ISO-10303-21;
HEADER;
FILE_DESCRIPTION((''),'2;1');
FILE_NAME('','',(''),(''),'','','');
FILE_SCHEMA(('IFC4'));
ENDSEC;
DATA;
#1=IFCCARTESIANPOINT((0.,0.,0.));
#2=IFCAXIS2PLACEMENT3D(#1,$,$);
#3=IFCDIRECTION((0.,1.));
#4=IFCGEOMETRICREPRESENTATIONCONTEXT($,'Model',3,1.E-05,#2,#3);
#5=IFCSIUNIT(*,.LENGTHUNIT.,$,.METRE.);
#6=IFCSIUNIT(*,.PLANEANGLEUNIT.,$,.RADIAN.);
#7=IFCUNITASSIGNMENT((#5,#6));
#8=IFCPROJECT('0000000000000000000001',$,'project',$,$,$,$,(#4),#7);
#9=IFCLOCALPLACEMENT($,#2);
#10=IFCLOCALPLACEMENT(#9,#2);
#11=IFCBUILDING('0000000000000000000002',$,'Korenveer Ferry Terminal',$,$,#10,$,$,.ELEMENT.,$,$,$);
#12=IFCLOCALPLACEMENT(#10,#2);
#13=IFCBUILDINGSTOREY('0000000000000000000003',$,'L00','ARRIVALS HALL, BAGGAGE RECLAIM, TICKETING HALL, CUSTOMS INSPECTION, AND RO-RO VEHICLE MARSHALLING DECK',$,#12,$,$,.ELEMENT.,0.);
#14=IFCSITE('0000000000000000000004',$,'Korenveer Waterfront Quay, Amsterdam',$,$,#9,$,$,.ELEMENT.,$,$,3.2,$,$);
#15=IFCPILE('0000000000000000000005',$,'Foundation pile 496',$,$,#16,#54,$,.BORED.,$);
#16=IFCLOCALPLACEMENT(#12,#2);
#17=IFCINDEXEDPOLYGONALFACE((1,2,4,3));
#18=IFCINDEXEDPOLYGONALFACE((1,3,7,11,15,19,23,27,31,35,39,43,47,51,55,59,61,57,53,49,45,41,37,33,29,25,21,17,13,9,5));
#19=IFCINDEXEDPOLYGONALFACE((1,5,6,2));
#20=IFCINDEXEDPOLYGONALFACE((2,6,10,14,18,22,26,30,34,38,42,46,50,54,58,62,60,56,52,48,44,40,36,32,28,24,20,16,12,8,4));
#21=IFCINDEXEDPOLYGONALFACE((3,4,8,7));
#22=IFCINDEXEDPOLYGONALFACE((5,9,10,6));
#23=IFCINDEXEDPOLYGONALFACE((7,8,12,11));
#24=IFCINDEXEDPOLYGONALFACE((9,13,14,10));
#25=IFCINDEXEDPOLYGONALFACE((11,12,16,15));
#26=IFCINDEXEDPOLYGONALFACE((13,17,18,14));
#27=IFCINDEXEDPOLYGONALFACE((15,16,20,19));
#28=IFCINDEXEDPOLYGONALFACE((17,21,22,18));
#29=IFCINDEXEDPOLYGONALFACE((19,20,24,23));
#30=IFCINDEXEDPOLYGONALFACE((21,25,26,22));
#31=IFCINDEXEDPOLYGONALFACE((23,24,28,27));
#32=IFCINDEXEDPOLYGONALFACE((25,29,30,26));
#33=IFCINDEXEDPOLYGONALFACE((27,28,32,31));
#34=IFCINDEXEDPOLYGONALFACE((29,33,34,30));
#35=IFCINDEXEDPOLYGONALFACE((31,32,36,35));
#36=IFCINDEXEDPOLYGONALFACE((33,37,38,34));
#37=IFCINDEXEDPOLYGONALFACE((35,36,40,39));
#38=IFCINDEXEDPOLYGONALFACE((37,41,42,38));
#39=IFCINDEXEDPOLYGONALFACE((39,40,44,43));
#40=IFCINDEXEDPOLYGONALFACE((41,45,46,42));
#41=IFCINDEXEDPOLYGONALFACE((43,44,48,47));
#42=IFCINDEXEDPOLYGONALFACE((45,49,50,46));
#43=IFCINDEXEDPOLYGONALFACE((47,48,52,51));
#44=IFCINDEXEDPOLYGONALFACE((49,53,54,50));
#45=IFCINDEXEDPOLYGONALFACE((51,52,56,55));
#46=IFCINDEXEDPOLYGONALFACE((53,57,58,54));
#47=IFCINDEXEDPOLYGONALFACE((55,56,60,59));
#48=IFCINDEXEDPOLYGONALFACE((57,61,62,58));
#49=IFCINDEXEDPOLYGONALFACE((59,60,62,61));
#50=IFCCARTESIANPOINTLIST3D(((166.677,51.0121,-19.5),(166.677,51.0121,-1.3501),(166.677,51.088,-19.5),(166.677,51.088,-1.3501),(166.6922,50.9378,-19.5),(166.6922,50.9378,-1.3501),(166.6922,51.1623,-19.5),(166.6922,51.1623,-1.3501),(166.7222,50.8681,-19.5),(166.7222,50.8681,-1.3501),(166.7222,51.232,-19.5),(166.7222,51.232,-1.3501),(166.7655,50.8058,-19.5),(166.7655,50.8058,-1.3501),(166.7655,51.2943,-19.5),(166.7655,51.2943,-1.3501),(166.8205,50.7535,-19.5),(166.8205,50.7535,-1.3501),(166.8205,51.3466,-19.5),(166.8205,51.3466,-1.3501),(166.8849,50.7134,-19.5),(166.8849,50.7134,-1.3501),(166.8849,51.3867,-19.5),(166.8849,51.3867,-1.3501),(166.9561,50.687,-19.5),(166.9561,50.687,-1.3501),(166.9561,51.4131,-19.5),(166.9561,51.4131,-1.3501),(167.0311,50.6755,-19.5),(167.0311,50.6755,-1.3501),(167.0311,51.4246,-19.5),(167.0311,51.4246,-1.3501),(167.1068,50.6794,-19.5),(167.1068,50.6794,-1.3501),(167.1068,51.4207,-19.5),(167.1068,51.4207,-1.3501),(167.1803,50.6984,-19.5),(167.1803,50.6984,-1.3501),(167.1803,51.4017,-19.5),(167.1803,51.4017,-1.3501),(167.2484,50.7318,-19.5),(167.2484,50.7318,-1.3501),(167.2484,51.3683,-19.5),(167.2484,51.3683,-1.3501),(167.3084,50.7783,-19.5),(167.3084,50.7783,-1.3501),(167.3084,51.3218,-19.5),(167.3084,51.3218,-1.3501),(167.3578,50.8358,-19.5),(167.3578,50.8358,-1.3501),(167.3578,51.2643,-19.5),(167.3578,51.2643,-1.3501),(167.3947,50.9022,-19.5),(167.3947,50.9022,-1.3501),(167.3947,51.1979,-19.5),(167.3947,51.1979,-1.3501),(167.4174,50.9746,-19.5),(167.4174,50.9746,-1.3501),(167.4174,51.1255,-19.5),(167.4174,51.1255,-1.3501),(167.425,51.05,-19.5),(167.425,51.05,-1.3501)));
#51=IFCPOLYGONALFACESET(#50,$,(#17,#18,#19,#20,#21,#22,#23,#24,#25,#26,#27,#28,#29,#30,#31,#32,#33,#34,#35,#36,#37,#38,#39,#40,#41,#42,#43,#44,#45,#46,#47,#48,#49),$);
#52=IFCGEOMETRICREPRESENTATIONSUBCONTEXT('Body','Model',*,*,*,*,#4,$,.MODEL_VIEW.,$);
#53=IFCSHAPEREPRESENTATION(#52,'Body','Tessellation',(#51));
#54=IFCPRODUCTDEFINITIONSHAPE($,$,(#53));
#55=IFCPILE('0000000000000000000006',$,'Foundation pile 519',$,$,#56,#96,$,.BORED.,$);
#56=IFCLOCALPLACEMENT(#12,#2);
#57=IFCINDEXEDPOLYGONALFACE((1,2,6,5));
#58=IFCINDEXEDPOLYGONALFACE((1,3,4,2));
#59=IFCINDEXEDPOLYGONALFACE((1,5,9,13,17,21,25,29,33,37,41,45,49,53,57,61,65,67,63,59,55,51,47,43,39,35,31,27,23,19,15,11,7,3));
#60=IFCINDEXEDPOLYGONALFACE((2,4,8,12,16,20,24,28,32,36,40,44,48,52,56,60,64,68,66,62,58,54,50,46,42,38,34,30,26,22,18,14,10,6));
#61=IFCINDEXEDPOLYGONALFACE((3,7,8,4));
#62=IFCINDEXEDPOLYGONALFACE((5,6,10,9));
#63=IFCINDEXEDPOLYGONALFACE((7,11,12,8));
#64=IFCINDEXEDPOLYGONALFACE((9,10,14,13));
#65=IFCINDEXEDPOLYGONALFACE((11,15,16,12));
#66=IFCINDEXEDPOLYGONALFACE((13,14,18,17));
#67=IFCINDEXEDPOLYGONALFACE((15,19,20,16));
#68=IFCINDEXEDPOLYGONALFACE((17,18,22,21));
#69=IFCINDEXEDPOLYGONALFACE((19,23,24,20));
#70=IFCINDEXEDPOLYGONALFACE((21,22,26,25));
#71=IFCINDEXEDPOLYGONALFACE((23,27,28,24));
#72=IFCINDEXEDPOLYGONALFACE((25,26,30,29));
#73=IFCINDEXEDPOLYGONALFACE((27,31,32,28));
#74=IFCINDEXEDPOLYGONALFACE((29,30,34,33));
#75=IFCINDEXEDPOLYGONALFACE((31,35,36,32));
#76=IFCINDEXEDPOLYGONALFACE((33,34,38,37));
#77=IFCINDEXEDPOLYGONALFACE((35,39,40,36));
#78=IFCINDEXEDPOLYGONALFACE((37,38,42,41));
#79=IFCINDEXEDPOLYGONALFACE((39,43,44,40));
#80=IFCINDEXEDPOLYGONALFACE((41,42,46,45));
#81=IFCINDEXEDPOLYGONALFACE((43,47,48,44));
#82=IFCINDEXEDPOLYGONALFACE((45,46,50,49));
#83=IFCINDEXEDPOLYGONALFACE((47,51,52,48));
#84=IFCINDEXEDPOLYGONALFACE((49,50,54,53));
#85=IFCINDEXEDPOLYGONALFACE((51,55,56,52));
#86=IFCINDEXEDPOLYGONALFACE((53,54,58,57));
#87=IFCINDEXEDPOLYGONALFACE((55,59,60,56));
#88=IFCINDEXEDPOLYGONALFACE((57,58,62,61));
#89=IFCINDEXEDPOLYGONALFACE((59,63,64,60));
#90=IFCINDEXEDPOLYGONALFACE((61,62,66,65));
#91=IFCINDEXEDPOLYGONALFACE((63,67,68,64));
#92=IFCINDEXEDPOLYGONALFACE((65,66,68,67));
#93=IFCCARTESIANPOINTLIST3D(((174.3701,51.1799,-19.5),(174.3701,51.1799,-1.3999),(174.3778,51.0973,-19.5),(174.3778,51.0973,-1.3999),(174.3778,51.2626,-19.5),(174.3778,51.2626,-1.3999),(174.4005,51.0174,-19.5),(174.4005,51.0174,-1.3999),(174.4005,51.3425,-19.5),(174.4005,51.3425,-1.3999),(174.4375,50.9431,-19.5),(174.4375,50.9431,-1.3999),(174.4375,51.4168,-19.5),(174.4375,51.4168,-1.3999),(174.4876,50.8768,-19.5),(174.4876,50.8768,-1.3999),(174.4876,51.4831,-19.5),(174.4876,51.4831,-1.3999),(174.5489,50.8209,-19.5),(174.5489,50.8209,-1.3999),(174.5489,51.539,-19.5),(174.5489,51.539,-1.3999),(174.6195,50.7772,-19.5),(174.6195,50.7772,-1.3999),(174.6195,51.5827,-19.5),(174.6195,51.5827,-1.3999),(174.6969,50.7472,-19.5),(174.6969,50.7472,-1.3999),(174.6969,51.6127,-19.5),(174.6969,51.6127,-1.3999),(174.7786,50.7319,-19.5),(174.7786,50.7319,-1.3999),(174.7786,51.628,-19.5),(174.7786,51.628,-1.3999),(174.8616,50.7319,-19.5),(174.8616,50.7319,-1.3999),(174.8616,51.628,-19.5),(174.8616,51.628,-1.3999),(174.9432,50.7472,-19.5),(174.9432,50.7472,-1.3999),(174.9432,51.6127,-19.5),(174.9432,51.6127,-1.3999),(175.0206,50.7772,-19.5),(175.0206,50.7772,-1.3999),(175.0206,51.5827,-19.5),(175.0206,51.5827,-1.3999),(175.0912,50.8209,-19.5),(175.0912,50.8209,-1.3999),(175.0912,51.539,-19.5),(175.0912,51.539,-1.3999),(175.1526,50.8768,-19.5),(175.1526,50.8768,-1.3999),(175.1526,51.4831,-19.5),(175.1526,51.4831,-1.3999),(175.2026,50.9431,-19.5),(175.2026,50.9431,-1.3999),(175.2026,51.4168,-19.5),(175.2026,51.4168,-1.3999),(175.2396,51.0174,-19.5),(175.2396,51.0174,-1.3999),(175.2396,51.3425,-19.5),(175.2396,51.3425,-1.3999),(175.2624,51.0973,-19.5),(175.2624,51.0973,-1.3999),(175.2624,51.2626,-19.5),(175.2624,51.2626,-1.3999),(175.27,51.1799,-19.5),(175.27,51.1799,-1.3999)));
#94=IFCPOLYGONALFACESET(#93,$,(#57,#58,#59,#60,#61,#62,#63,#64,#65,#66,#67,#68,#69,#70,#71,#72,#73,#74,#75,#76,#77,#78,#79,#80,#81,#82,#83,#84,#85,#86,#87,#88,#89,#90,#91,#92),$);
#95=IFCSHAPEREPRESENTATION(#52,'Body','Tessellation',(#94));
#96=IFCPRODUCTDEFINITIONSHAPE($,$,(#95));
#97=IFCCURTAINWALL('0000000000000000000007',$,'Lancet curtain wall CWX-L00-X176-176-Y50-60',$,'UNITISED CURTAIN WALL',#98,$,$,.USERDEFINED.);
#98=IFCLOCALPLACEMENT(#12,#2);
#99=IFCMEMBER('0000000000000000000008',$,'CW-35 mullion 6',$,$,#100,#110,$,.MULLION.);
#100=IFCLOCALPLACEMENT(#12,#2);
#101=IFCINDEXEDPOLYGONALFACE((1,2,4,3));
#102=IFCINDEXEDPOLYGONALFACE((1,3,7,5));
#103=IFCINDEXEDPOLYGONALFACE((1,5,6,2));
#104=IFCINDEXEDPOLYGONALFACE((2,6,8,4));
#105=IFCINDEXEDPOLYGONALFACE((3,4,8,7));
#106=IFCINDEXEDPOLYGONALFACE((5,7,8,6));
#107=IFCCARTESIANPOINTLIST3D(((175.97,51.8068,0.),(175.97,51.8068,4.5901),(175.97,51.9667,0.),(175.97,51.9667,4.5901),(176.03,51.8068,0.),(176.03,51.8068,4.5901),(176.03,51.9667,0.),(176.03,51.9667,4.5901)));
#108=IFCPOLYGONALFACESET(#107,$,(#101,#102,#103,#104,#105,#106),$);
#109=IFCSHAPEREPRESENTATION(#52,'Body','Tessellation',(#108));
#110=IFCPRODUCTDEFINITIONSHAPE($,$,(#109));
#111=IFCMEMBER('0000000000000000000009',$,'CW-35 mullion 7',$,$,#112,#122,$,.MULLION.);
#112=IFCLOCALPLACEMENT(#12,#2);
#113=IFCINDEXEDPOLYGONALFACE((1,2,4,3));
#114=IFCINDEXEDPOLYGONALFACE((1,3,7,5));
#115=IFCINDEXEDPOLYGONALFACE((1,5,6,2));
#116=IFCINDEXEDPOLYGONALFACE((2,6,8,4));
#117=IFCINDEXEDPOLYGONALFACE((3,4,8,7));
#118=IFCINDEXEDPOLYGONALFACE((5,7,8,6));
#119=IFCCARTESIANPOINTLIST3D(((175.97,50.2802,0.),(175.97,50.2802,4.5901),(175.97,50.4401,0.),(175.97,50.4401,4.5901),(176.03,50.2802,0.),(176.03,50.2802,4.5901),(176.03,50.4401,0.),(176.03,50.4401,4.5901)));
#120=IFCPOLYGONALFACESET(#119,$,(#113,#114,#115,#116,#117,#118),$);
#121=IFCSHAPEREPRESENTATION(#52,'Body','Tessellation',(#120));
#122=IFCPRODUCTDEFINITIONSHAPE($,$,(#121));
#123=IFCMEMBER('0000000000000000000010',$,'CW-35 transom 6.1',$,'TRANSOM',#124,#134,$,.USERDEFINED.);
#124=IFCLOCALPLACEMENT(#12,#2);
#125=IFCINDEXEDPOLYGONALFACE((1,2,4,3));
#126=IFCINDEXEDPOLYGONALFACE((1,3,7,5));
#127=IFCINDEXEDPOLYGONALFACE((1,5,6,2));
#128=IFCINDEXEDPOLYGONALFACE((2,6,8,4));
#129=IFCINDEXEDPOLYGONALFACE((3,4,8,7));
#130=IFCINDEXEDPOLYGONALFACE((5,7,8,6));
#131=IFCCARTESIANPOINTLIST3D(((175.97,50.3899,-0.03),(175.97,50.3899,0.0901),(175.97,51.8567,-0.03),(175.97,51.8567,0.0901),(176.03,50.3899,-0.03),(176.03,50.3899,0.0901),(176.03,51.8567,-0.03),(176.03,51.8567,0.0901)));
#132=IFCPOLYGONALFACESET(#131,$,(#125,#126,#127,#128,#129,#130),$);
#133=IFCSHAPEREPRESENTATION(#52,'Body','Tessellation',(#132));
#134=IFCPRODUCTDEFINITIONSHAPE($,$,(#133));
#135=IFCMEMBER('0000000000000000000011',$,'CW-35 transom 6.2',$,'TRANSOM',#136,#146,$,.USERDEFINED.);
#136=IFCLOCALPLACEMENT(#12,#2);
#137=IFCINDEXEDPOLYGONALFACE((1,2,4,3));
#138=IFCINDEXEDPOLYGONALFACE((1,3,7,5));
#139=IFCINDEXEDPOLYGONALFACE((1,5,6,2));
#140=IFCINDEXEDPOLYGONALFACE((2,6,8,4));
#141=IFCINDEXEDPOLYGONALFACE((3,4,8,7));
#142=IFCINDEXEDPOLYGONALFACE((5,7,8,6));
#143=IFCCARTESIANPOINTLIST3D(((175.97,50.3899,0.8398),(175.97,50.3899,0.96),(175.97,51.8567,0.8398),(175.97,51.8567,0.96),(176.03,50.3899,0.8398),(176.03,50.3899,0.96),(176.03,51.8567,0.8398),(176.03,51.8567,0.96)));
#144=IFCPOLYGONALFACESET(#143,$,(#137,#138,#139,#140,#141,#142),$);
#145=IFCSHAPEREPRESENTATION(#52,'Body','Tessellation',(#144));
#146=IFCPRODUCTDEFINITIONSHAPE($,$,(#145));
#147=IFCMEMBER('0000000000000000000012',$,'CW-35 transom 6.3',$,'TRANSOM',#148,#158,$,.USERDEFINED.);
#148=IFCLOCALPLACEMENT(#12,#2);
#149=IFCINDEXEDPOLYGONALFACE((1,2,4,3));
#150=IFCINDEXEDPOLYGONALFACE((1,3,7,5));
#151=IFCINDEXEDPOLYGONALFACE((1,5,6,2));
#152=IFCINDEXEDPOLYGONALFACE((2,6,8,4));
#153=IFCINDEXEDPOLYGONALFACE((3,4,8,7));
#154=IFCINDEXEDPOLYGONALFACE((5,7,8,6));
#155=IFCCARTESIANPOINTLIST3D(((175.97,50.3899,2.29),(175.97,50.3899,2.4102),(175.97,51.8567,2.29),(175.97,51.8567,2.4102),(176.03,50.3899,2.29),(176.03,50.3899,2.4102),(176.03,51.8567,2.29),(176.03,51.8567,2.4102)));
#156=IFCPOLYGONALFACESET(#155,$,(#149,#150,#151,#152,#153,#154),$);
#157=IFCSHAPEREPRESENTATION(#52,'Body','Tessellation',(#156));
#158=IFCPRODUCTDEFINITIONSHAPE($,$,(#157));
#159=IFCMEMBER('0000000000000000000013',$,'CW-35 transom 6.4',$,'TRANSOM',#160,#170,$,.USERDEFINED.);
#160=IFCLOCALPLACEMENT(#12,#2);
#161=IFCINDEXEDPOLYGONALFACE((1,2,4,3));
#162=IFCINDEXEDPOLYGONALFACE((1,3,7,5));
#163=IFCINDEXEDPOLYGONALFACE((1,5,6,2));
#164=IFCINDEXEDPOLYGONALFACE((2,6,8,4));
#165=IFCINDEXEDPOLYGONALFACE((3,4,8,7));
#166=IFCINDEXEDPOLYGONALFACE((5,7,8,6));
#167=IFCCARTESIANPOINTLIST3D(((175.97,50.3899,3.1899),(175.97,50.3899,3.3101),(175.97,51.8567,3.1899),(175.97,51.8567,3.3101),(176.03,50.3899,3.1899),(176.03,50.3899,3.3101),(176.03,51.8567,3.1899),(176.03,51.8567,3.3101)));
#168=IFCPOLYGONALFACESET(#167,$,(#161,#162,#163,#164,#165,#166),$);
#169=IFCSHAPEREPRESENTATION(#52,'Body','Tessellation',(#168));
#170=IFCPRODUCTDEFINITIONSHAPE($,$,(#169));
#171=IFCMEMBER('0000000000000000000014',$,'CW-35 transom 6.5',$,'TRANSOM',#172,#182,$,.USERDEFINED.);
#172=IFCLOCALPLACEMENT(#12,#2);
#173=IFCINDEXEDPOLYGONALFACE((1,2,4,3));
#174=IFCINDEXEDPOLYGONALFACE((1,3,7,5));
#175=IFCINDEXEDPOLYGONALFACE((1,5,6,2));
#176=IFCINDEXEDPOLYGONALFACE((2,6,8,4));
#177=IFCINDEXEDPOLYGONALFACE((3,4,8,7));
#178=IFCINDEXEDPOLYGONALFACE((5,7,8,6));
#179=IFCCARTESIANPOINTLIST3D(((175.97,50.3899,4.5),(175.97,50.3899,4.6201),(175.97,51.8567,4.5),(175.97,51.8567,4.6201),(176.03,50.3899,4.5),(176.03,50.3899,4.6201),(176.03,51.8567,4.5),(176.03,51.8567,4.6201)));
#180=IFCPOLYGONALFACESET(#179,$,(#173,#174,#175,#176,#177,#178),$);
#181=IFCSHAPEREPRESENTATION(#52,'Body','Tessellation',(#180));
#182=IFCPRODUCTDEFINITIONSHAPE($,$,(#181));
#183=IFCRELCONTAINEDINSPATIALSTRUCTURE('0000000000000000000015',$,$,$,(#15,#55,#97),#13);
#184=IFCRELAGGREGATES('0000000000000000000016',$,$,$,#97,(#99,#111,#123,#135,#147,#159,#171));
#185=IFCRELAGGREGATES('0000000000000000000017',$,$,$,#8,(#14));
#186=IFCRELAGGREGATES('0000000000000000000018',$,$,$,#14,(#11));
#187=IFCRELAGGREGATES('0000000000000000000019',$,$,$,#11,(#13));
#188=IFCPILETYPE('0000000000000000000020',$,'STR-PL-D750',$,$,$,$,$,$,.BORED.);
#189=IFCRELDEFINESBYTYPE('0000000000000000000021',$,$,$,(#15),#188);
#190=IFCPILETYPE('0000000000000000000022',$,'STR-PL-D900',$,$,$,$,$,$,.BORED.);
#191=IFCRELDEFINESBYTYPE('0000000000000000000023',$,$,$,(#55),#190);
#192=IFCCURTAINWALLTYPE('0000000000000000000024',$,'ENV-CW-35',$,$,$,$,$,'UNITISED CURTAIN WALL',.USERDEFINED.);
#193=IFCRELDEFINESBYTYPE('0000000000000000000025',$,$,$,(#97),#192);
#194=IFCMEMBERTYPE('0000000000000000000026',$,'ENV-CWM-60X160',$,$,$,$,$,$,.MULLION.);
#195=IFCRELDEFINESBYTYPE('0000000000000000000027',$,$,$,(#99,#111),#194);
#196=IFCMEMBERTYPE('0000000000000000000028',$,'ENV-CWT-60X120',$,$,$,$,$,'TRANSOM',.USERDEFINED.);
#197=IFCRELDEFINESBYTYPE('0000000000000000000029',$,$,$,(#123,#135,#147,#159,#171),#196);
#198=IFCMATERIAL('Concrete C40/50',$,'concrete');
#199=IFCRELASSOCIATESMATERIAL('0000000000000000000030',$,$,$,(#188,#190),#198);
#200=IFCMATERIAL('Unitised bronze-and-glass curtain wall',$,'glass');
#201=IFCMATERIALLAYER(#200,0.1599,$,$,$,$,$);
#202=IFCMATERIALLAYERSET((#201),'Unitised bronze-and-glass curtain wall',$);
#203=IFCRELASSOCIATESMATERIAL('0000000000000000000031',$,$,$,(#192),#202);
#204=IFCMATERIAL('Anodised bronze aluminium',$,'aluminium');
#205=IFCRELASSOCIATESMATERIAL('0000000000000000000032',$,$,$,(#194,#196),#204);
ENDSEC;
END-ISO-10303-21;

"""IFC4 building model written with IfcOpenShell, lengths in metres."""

from ifc_helpers import new_model, si_unit, direction, frame, origin, origin_2d, place, context, subcontext, project, spatial, rectangle, circle, extrude, material, layer, layer_set, material_profile, profile_set, type_object, element, aggregate, save


model = new_model("IFC4")

# Units and contexts
model_context = context("Model", 3, precision=1e-05, world=origin(), true_north=direction((0.0, 1.0)))
body_context = subcontext(model_context, "Body", "Model", "MODEL_VIEW")
ifc_project = project(units=[si_unit("LENGTHUNIT", "METRE"), si_unit("PLANEANGLEUNIT", "RADIAN")], contexts=[model_context])

# Site, building, storey
site_placement = place(None, origin())
site = spatial("IfcSite", under=ifc_project, at=site_placement, Name="Korenveer Waterfront Quay, Amsterdam", CompositionType="ELEMENT", RefElevation=3.2)
building_placement = place(site_placement, origin())
building = spatial("IfcBuilding", under=site, at=building_placement, Name="Korenveer Ferry Terminal", CompositionType="ELEMENT")
storey_placement = place(building_placement, origin())
storey = spatial("IfcBuildingStorey", under=building, at=storey_placement, Name="L00", Description="ARRIVALS HALL, BAGGAGE RECLAIM, TICKETING HALL, CUSTOMS INSPECTION, AND RO-RO VEHICLE MARSHALLING DECK", CompositionType="ELEMENT", Elevation=0.0)

# Piles
ifc_material_1 = material(Name="Concrete C40/50", Category="concrete")
ifc_material_profile_1 = material_profile(ifc_material_1, circle(Radius=0.375, at=origin_2d()), Name="PILE D750")
ifc_profile_set_1 = profile_set([ifc_material_profile_1], Name="Concrete C40/50")
pile_type_1 = type_object("IfcPileType", Name="STR-PL-D750", PredefinedType="BORED", material=ifc_profile_set_1)
pile_1_placement = place(storey_placement, frame((167.05, 51.05, -1.3501), z_axis=(0.0, 0.0, -1.0), x_axis=(1.0, 0.0, 0.0)))
element("IfcPile", 1, at=pile_1_placement, inside=storey, type_object=pile_type_1, Name="Foundation pile 496", PredefinedType="BORED", context=body_context, shape_type="SweptSolid", body=[
    extrude(circle(Radius=0.375, at=origin_2d()), origin(), (0.0, 0.0, 1.0), 18.1499),
])
ifc_material_profile_2 = material_profile(ifc_material_1, circle(Radius=0.45, at=origin_2d()), Name="PILE D900")
ifc_profile_set_2 = profile_set([ifc_material_profile_2], Name="Concrete C40/50")
pile_type_2 = type_object("IfcPileType", Name="STR-PL-D900", PredefinedType="BORED", material=ifc_profile_set_2)
pile_2_placement = place(storey_placement, frame((174.8201, 51.1799, -1.3999), z_axis=(0.0, 0.0, -1.0), x_axis=(1.0, 0.0, 0.0)))
element("IfcPile", 2, at=pile_2_placement, inside=storey, type_object=pile_type_2, Name="Foundation pile 519", PredefinedType="BORED", context=body_context, shape_type="SweptSolid", body=[
    extrude(circle(Radius=0.45, at=origin_2d()), origin(), (0.0, 0.0, 1.0), 18.1001),
])

# Curtain wall, members
ifc_material_2 = material(Name="Unitised bronze-and-glass curtain wall", Category="glass")
ifc_layer_1 = layer(ifc_material_2, 0.1599)
ifc_layer_set_1 = layer_set([ifc_layer_1], Name="Unitised bronze-and-glass curtain wall")
curtain_wall_type = type_object("IfcCurtainWallType", Name="ENV-CW-35", ElementType="UNITISED CURTAIN WALL", PredefinedType="USERDEFINED", material=ifc_layer_set_1)
curtain_wall_placement = place(storey_placement, frame((176.0, 59.6699, 0.0)))
curtain_wall = element("IfcCurtainWall", 3, at=curtain_wall_placement, inside=storey, type_object=curtain_wall_type, Name="Lancet curtain wall CWX-L00-X176-176-Y50-60", ObjectType="UNITISED CURTAIN WALL", PredefinedType="USERDEFINED")
ifc_material_3 = material(Name="Anodised bronze aluminium", Category="aluminium")
ifc_material_profile_3 = material_profile(ifc_material_3, rectangle(XDim=0.0601, YDim=0.1599, at=origin_2d()), Name="ALU 60x160")
ifc_profile_set_3 = profile_set([ifc_material_profile_3], Name="Anodised bronze aluminium")
member_type_1 = type_object("IfcMemberType", Name="ENV-CWM-60X160", PredefinedType="MULLION", material=ifc_profile_set_3)
member_1_placement = place(storey_placement, frame((176.0, 51.8867, 0.0), z_axis=(0.0, 0.0, 1.0), x_axis=(1.0, 0.0, 0.0)))
member_1 = element("IfcMember", 4, at=member_1_placement, type_object=member_type_1, Name="CW-35 mullion 6", PredefinedType="MULLION", context=body_context, shape_type="SweptSolid", body=[
    extrude(rectangle(XDim=0.0601, YDim=0.1599, at=origin_2d()), origin(), (0.0, 0.0, 1.0), 4.5901),
])
member_2_placement = place(storey_placement, frame((176.0, 50.3601, 0.0), z_axis=(0.0, 0.0, 1.0), x_axis=(1.0, 0.0, 0.0)))
member_2 = element("IfcMember", 5, at=member_2_placement, type_object=member_type_1, Name="CW-35 mullion 7", PredefinedType="MULLION", context=body_context, shape_type="SweptSolid", body=[
    extrude(rectangle(XDim=0.0601, YDim=0.1599, at=origin_2d()), origin(), (0.0, 0.0, 1.0), 4.5901),
])
ifc_material_profile_4 = material_profile(ifc_material_3, rectangle(XDim=0.0601, YDim=0.1201, at=origin_2d()), Name="ALU 60x120")
ifc_profile_set_4 = profile_set([ifc_material_profile_4], Name="Anodised bronze aluminium")
member_type_2 = type_object("IfcMemberType", Name="ENV-CWT-60X120", ElementType="TRANSOM", PredefinedType="USERDEFINED", material=ifc_profile_set_4)
member_3_placement = place(storey_placement, frame((176.0, 51.8567, 0.03), z_axis=(0.0, -1.0, 0.0), x_axis=(1.0, 0.0, 0.0)))
member_3 = element("IfcMember", 6, at=member_3_placement, type_object=member_type_2, Name="CW-35 transom 6.1", ObjectType="TRANSOM", PredefinedType="USERDEFINED", context=body_context, shape_type="SweptSolid", body=[
    extrude(rectangle(XDim=0.0601, YDim=0.1201, at=origin_2d()), origin(), (0.0, 0.0, 1.0), 1.4668),
])
member_4_placement = place(storey_placement, frame((176.0, 51.8567, 0.8999), z_axis=(0.0, -1.0, 0.0), x_axis=(1.0, 0.0, 0.0)))
member_4 = element("IfcMember", 7, at=member_4_placement, type_object=member_type_2, Name="CW-35 transom 6.2", ObjectType="TRANSOM", PredefinedType="USERDEFINED", context=body_context, shape_type="SweptSolid", body=[
    extrude(rectangle(XDim=0.0601, YDim=0.1201, at=origin_2d()), origin(), (0.0, 0.0, 1.0), 1.4668),
])
member_5_placement = place(storey_placement, frame((176.0, 51.8567, 2.3501), z_axis=(0.0, -1.0, 0.0), x_axis=(1.0, 0.0, 0.0)))
member_5 = element("IfcMember", 8, at=member_5_placement, type_object=member_type_2, Name="CW-35 transom 6.3", ObjectType="TRANSOM", PredefinedType="USERDEFINED", context=body_context, shape_type="SweptSolid", body=[
    extrude(rectangle(XDim=0.0601, YDim=0.1201, at=origin_2d()), origin(), (0.0, 0.0, 1.0), 1.4668),
])
member_6_placement = place(storey_placement, frame((176.0, 51.8567, 3.25), z_axis=(0.0, -1.0, 0.0), x_axis=(1.0, 0.0, 0.0)))
member_6 = element("IfcMember", 9, at=member_6_placement, type_object=member_type_2, Name="CW-35 transom 6.4", ObjectType="TRANSOM", PredefinedType="USERDEFINED", context=body_context, shape_type="SweptSolid", body=[
    extrude(rectangle(XDim=0.0601, YDim=0.1201, at=origin_2d()), origin(), (0.0, 0.0, 1.0), 1.4668),
])
member_7_placement = place(storey_placement, frame((176.0, 51.8567, 4.5601), z_axis=(0.0, -1.0, 0.0), x_axis=(1.0, 0.0, 0.0)))
member_7 = element("IfcMember", 10, at=member_7_placement, type_object=member_type_2, Name="CW-35 transom 6.5", ObjectType="TRANSOM", PredefinedType="USERDEFINED", context=body_context, shape_type="SweptSolid", body=[
    extrude(rectangle(XDim=0.0601, YDim=0.1201, at=origin_2d()), origin(), (0.0, 0.0, 1.0), 1.4668),
])

aggregate(curtain_wall, [member_1, member_2, member_3, member_4, member_5, member_6, member_7])

save(model, "model.ifc")
